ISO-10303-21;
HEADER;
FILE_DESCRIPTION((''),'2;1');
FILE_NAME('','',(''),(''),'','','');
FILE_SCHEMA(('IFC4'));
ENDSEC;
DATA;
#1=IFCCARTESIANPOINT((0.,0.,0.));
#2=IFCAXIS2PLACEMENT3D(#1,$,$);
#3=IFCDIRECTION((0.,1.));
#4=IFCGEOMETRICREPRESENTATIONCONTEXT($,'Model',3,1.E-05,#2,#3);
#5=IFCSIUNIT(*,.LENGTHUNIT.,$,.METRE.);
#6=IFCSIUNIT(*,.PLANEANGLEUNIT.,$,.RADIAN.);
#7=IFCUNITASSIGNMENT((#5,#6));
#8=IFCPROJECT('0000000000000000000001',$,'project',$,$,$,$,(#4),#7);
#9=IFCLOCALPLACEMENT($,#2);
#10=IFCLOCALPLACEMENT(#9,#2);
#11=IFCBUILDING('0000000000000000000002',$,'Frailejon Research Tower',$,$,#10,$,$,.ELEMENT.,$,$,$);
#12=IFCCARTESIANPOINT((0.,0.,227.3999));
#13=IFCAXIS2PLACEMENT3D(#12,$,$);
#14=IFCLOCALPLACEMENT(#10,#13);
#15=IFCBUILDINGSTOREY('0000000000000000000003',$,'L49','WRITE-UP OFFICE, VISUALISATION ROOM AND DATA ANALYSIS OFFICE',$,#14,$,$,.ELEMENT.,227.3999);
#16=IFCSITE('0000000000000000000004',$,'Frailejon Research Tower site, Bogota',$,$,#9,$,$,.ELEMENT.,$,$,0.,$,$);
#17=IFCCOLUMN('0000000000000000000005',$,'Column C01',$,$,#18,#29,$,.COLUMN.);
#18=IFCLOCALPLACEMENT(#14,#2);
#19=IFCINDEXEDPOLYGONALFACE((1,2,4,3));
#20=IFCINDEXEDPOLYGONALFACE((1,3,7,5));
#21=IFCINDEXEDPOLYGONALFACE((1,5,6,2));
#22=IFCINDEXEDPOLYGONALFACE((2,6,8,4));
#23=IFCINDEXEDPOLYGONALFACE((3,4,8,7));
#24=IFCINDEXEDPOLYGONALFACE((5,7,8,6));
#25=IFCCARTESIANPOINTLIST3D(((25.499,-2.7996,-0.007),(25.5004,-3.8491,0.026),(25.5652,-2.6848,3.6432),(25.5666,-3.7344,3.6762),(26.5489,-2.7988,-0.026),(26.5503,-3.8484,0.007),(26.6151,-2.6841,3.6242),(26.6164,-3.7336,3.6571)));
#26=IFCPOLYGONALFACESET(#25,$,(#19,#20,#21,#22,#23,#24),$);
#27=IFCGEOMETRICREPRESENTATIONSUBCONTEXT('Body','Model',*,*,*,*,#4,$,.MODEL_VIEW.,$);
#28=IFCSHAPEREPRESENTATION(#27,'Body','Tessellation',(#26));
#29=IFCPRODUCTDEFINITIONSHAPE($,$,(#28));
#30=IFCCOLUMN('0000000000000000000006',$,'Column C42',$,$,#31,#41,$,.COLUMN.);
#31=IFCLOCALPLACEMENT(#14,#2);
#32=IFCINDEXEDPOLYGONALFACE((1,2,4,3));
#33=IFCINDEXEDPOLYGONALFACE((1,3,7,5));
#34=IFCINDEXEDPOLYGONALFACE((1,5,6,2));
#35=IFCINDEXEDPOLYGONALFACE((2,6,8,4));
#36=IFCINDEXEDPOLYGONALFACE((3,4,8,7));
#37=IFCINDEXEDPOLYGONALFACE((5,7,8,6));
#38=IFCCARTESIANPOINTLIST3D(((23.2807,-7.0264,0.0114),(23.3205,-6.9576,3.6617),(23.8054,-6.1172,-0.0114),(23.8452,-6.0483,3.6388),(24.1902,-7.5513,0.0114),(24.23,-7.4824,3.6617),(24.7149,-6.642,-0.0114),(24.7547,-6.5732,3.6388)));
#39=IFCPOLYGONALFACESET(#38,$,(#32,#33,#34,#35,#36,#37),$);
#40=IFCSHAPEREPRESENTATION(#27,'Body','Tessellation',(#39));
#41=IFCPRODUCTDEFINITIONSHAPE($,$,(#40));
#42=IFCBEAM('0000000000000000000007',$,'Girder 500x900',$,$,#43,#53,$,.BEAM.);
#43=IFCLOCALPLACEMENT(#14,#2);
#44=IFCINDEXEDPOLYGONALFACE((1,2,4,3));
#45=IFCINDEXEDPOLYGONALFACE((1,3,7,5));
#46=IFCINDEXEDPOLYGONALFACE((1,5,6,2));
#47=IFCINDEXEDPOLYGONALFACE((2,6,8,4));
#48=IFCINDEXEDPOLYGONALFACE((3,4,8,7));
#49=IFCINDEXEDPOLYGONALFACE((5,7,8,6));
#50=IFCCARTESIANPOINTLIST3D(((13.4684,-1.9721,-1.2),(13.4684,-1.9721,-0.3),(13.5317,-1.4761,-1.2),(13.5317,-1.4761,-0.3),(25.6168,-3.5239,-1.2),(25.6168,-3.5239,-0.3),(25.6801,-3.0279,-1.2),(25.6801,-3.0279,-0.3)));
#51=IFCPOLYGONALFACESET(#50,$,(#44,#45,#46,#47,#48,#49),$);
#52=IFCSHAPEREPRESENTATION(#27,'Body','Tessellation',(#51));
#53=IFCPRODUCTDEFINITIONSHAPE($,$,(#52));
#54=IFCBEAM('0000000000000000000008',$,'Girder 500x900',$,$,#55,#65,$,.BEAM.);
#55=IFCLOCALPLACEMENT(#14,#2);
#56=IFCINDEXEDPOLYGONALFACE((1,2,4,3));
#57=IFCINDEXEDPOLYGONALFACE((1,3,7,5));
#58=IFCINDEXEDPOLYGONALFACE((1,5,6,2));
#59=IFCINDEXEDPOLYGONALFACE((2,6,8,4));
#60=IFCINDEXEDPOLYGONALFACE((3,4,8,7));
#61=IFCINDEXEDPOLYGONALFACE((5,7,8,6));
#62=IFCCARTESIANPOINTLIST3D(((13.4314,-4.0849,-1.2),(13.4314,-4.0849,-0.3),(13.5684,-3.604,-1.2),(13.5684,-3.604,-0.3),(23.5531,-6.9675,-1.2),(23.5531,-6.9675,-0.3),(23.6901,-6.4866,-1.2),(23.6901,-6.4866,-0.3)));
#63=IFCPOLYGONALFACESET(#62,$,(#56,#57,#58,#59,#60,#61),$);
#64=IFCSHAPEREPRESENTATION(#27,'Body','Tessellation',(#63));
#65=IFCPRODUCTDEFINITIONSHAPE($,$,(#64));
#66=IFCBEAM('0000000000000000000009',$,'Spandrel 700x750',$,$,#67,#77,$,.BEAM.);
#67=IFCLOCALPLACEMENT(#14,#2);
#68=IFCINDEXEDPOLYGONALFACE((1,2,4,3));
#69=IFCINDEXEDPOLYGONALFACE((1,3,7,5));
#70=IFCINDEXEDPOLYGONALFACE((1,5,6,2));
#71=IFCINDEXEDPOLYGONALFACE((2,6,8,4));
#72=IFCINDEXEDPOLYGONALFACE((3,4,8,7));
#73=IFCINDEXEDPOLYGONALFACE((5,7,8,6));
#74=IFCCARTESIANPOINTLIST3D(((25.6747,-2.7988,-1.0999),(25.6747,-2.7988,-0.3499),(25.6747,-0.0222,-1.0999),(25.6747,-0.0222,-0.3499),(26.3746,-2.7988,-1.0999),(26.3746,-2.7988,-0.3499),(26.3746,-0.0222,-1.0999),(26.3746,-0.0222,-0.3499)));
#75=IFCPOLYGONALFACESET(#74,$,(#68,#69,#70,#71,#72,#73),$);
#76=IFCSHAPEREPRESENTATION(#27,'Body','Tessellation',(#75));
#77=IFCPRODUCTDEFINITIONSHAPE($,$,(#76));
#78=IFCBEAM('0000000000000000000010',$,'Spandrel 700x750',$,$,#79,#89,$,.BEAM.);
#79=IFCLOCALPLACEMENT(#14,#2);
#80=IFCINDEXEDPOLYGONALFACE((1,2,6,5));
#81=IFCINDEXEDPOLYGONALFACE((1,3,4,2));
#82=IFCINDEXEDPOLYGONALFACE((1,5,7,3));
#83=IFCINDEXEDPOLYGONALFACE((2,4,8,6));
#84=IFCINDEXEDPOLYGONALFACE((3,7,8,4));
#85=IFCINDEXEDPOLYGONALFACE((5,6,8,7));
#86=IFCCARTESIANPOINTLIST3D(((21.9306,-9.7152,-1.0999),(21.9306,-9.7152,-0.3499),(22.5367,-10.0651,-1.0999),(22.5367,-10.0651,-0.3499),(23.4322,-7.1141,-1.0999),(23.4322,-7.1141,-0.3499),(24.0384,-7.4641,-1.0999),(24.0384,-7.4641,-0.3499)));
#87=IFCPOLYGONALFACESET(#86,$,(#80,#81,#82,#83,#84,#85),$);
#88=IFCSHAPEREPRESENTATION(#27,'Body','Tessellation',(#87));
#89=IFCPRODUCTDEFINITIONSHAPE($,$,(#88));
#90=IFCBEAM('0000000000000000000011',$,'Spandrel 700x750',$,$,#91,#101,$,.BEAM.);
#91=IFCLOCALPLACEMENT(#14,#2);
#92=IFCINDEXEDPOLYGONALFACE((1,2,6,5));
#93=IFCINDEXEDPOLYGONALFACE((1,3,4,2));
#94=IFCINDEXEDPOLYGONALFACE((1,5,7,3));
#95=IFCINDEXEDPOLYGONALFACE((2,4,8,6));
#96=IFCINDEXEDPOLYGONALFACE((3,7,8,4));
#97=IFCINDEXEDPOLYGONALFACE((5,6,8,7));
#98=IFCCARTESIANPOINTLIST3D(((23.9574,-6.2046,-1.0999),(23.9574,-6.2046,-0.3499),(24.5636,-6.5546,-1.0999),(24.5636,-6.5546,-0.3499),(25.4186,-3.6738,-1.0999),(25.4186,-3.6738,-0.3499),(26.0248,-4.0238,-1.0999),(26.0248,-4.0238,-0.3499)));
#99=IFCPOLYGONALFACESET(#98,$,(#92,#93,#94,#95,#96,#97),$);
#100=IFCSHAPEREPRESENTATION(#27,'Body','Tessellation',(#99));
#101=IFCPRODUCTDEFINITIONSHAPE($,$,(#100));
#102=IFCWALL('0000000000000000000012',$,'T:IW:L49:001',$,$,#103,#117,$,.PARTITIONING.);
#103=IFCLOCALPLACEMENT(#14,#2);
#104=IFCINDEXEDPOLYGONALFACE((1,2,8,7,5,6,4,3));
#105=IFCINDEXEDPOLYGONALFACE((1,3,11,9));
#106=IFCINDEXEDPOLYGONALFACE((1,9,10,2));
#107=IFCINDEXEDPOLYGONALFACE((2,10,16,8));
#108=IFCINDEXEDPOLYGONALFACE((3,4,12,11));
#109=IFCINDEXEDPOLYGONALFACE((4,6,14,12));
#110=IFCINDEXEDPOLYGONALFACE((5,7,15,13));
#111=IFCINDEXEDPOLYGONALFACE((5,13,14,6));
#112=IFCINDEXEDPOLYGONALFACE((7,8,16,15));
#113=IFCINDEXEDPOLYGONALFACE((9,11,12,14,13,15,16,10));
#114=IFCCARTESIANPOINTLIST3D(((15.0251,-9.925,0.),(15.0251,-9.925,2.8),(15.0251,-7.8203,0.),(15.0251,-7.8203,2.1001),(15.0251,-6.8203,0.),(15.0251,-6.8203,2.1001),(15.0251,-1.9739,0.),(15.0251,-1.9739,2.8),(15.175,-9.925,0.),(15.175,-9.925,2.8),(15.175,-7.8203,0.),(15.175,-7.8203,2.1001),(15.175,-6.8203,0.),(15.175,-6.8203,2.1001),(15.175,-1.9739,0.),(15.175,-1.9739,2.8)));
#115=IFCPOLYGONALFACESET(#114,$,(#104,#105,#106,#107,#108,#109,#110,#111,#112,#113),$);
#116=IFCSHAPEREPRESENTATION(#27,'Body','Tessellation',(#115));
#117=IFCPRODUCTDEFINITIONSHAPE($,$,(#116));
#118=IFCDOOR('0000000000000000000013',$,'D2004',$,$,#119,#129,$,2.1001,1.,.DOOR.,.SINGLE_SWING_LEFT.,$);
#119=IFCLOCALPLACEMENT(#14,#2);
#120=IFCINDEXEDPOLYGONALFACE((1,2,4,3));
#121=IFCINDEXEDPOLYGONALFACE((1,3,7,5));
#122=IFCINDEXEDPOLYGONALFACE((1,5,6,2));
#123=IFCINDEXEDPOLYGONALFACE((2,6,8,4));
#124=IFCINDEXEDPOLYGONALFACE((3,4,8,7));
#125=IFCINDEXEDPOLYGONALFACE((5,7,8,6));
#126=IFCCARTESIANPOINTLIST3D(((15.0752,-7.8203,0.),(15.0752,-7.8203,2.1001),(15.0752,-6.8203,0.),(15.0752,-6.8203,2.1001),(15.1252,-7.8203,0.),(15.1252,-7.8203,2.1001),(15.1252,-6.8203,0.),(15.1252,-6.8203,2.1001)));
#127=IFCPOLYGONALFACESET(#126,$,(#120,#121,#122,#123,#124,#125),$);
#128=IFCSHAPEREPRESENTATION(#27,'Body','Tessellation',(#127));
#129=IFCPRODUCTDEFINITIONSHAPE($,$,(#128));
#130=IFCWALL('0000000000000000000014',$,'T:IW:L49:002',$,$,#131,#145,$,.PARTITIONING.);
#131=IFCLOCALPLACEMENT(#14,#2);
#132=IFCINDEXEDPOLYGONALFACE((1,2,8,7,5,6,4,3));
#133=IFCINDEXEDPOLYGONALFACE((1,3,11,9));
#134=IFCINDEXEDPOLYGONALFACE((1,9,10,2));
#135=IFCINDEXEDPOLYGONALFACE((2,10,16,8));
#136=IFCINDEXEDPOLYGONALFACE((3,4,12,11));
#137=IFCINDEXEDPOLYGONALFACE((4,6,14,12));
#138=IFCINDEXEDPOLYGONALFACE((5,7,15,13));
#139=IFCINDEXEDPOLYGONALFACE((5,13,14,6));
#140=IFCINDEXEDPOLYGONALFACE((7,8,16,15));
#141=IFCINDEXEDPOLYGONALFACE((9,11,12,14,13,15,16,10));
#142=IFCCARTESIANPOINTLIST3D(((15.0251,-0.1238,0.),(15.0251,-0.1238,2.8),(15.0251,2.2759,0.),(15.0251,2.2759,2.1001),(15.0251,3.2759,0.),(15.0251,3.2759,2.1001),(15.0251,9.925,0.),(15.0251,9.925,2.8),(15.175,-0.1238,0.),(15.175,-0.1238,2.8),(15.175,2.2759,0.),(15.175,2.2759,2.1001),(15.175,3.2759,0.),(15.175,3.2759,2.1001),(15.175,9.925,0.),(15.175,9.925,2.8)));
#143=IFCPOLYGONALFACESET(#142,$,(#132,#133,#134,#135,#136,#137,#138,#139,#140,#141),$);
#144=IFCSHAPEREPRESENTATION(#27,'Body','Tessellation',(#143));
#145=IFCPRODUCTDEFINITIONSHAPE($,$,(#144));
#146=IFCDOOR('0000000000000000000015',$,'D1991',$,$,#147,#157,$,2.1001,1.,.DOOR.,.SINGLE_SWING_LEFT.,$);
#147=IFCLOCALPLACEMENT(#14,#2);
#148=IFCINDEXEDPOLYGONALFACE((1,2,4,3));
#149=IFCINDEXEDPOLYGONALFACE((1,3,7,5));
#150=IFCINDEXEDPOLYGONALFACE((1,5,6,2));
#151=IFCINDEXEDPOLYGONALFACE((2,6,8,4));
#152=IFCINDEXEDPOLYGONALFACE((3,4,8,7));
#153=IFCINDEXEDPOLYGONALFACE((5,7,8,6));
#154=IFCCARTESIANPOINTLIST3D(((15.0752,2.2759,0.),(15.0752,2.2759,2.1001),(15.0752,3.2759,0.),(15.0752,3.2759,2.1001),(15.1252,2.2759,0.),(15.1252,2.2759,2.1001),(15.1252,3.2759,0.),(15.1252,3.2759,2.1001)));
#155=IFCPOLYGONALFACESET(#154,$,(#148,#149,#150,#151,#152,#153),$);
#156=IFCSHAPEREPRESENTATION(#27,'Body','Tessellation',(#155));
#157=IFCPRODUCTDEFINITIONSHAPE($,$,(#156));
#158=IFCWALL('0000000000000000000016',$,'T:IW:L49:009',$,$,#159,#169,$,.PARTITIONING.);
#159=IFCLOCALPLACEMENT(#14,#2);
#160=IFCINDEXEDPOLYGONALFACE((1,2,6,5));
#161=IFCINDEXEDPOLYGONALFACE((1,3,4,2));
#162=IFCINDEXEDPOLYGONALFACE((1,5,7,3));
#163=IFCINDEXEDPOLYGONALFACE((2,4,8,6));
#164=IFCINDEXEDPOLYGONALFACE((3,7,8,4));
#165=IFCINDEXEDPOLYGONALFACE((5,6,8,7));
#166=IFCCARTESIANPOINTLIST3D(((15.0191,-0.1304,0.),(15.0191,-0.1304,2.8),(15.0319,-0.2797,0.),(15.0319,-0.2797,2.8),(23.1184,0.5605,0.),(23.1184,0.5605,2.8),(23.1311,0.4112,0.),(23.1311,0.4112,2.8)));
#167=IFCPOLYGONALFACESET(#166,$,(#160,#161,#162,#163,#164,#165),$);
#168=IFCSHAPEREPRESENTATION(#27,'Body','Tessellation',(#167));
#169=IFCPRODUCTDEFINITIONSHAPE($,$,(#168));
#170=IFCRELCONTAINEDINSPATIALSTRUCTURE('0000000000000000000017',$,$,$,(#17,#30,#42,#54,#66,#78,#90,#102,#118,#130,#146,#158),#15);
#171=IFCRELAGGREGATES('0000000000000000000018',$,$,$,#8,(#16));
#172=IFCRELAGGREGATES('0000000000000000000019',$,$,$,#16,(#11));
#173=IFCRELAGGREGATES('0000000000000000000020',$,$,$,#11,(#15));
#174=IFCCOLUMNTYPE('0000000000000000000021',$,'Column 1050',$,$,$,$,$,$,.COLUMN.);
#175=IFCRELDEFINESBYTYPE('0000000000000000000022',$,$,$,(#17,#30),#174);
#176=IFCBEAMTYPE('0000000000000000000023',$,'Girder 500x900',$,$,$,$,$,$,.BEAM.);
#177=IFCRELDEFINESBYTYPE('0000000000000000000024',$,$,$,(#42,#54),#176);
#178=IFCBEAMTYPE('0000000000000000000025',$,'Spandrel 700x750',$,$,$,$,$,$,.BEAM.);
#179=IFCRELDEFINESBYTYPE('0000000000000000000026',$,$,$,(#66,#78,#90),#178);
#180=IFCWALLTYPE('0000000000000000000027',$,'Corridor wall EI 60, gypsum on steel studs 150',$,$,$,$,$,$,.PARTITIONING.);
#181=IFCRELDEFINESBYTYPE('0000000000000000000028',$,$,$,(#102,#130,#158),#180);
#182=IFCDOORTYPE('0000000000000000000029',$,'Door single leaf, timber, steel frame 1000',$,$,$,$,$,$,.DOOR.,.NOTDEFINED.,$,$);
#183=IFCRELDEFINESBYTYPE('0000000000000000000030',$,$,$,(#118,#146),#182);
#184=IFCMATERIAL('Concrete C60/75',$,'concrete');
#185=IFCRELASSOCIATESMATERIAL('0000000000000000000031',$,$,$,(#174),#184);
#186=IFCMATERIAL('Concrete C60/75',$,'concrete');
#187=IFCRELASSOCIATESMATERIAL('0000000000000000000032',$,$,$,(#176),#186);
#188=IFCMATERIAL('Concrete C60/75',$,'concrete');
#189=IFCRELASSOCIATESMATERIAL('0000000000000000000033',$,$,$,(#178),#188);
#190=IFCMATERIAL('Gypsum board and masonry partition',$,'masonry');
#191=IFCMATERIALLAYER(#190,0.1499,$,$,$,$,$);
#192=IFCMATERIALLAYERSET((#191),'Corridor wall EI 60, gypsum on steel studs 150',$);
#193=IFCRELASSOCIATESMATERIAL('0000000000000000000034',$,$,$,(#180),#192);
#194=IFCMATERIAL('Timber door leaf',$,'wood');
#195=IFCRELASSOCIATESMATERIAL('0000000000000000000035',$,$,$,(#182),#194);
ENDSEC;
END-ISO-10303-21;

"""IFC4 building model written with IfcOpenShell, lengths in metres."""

from ifc_helpers import new_model, si_unit, direction, frame, frame_2d, origin, origin_2d, place, context, subcontext, project, spatial, rectangle, extrude, material, layer, layer_set, material_profile, profile_set, type_object, element, fill, save


model = new_model("IFC4")

# Units and contexts
model_context = context("Model", 3, precision=1e-05, world=origin(), true_north=direction((0.0, 1.0)))
body_context = subcontext(model_context, "Body", "Model", "MODEL_VIEW")
ifc_project = project(units=[si_unit("LENGTHUNIT", "METRE"), si_unit("PLANEANGLEUNIT", "RADIAN")], contexts=[model_context])

# Site, building, storey
site_placement = place(None, origin())
site = spatial("IfcSite", under=ifc_project, at=site_placement, Name="Frailejon Research Tower site, Bogota", CompositionType="ELEMENT", RefElevation=0.0)
building_placement = place(site_placement, origin())
building = spatial("IfcBuilding", under=site, at=building_placement, Name="Frailejon Research Tower", CompositionType="ELEMENT")
storey_placement = place(building_placement, frame((0.0, 0.0, 227.3999)))
storey = spatial("IfcBuildingStorey", under=building, at=storey_placement, Name="L49", Description="WRITE-UP OFFICE, VISUALISATION ROOM AND DATA ANALYSIS OFFICE", CompositionType="ELEMENT", Elevation=227.3999)

# Columns
ifc_material_1 = material(Name="Concrete C60/75", Category="concrete")
ifc_material_profile_1 = material_profile(ifc_material_1, rectangle(XDim=1.05, YDim=1.05, at=origin_2d()), Name="Column 1050")
ifc_profile_set_1 = profile_set([ifc_material_profile_1], Name="Concrete C60/75")
column_type = type_object("IfcColumnType", Name="Column 1050", PredefinedType="COLUMN", material=ifc_profile_set_1)
column_1_placement = place(storey_placement, frame((26.0247, -3.324, 0.0), z_axis=(0.018114, 0.031415, 0.999342), x_axis=(-0.001297, 0.999506, -0.031397)))
element("IfcColumn", 1, at=column_1_placement, inside=storey, type_object=column_type, Name="Column C01", PredefinedType="COLUMN", context=body_context, shape_type="SweptSolid", body=[
    extrude(rectangle(XDim=1.05, YDim=1.05, at=origin_2d()), origin(), (0.0, 0.0, 1.0), 3.6526),
])
column_2_placement = place(storey_placement, frame((23.9978, -6.8342, 0.0), z_axis=(0.0109, 0.018857, 0.999763), x_axis=(0.499729, 0.865908, -0.021781)))
element("IfcColumn", 2, at=column_2_placement, inside=storey, type_object=column_type, Name="Column C42", PredefinedType="COLUMN", context=body_context, shape_type="SweptSolid", body=[
    extrude(rectangle(XDim=1.05, YDim=1.05, at=origin_2d()), origin(), (0.0, 0.0, 1.0), 3.6511),
])

# Beams
ifc_material_2 = material(Name="Concrete C60/75", Category="concrete")
ifc_material_profile_2 = material_profile(ifc_material_2, rectangle(XDim=0.5, YDim=0.8999, at=origin_2d()), Name="Girder 500x900")
ifc_profile_set_2 = profile_set([ifc_material_profile_2], Name="Concrete C60/75")
beam_type_1 = type_object("IfcBeamType", Name="Girder 500x900", PredefinedType="BEAM", material=ifc_profile_set_2)
beam_1_placement = place(storey_placement, frame((25.6484, -3.2759, -0.75), z_axis=(-0.991941, 0.126704, 0.0), x_axis=(-0.126704, -0.991941, 0.0)))
element("IfcBeam", 3, at=beam_1_placement, inside=storey, type_object=beam_type_1, Name="Girder 500x900", PredefinedType="BEAM", context=body_context, shape_type="SweptSolid", body=[
    extrude(rectangle(XDim=0.5, YDim=0.8999, at=origin_2d()), origin(), (0.0, 0.0, 1.0), 12.2471),
])
beam_2_placement = place(storey_placement, frame((23.6216, -6.7271, -0.75), z_axis=(-0.961757, 0.273903, 0.0), x_axis=(-0.273903, -0.961757, 0.0)))
element("IfcBeam", 4, at=beam_2_placement, inside=storey, type_object=beam_type_1, Name="Girder 500x900", PredefinedType="BEAM", context=body_context, shape_type="SweptSolid", body=[
    extrude(rectangle(XDim=0.5, YDim=0.8999, at=origin_2d()), origin(), (0.0, 0.0, 1.0), 10.5242),
])
ifc_material_3 = material(Name="Concrete C60/75", Category="concrete")
ifc_material_profile_3 = material_profile(ifc_material_3, rectangle(XDim=0.7, YDim=0.75, at=origin_2d()), Name="Spandrel 700x750")
ifc_profile_set_3 = profile_set([ifc_material_profile_3], Name="Concrete C60/75")
beam_type_2 = type_object("IfcBeamType", Name="Spandrel 700x750", PredefinedType="BEAM", material=ifc_profile_set_3)
beam_3_placement = place(storey_placement, frame((26.0247, -2.7988, -0.7249), z_axis=(0.0, 1.0, 0.0), x_axis=(-1.0, 0.0, 0.0)))
element("IfcBeam", 5, at=beam_3_placement, inside=storey, type_object=beam_type_2, Name="Spandrel 700x750", PredefinedType="BEAM", context=body_context, shape_type="SweptSolid", body=[
    extrude(rectangle(XDim=0.7, YDim=0.75, at=origin_2d()), origin(), (0.0, 0.0, 1.0), 2.7766),
])
beam_4_placement = place(storey_placement, frame((22.2336, -9.8901, -0.7249), z_axis=(0.499995, 0.866029, 0.0), x_axis=(-0.866029, 0.499995, 0.0)))
element("IfcBeam", 6, at=beam_4_placement, inside=storey, type_object=beam_type_2, Name="Spandrel 700x750", PredefinedType="BEAM", context=body_context, shape_type="SweptSolid", body=[
    extrude(rectangle(XDim=0.7, YDim=0.75, at=origin_2d()), origin(), (0.0, 0.0, 1.0), 3.0034),
])
beam_5_placement = place(storey_placement, frame((24.2605, -6.3796, -0.7249), z_axis=(0.500012, 0.866019, 0.0), x_axis=(-0.866019, 0.500012, 0.0)))
element("IfcBeam", 7, at=beam_5_placement, inside=storey, type_object=beam_type_2, Name="Spandrel 700x750", PredefinedType="BEAM", context=body_context, shape_type="SweptSolid", body=[
    extrude(rectangle(XDim=0.7, YDim=0.75, at=origin_2d()), origin(), (0.0, 0.0, 1.0), 2.9224),
])

# Walls, openings, doors
ifc_material_4 = material(Name="Gypsum board and masonry partition", Category="masonry")
ifc_layer_1 = layer(ifc_material_4, 0.1499)
ifc_layer_set_1 = layer_set([ifc_layer_1], Name="Corridor wall EI 60, gypsum on steel studs 150")
wall_type_1 = type_object("IfcWallType", Name="Corridor wall EI 60, gypsum on steel studs 150", PredefinedType="PARTITIONING", material=ifc_layer_set_1)
wall_1_placement = place(storey_placement, frame((15.1001, -9.925, 0.0), z_axis=(0.0, 0.0, 1.0), x_axis=(0.0, 1.0, 0.0)))
wall_1 = element("IfcWall", 8, at=wall_1_placement, inside=storey, type_object=wall_type_1, Name="T:IW:L49:001", PredefinedType="PARTITIONING", context=body_context, shape_type="SweptSolid", body=[
    extrude(rectangle(XDim=7.9512, YDim=0.1499, at=frame_2d((3.9756, 0.0))), origin(), (0.0, 0.0, 1.0), 2.8),
])
opening_1_placement = place(wall_1_placement, frame((2.1047, 0.0, 0.0)))
opening_1 = element("IfcOpeningElement", 9, at=opening_1_placement, cuts=wall_1, PredefinedType="OPENING", context=body_context, shape_type="SweptSolid", body=[
    extrude(rectangle(XDim=1.0, YDim=2.1001, at=frame_2d((0.5, 1.05))), frame((0.0, 0.085, 0.0), z_axis=(0.0, -1.0, 0.0), x_axis=(1.0, 0.0, 0.0)), (0.0, 0.0, 1.0), 0.1699),
])
ifc_material_5 = material(Name="Timber door leaf", Category="wood")
door_type = type_object("IfcDoorType", Name="Door single leaf, timber, steel frame 1000", OperationType="NOTDEFINED", PredefinedType="DOOR", material=ifc_material_5)
door_1_placement = place(opening_1_placement, origin())
door_1 = element("IfcDoor", 10, at=door_1_placement, inside=storey, type_object=door_type, Name="D2004", OperationType="SINGLE_SWING_LEFT", OverallHeight=2.1001, OverallWidth=1.0, PredefinedType="DOOR", context=body_context, shape_type="SweptSolid", body=[
    extrude(rectangle(XDim=1.0, YDim=2.1001, at=frame_2d((0.5, 1.05))), frame((0.0, 0.0249, 0.0), z_axis=(0.0, -1.0, 0.0), x_axis=(1.0, 0.0, 0.0)), (0.0, 0.0, 1.0), 0.05),
])
fill(opening_1, door_1)
wall_2_placement = place(storey_placement, frame((15.1001, -0.1238, 0.0), z_axis=(0.0, 0.0, 1.0), x_axis=(0.0, 1.0, 0.0)))
wall_2 = element("IfcWall", 11, at=wall_2_placement, inside=storey, type_object=wall_type_1, Name="T:IW:L49:002", PredefinedType="PARTITIONING", context=body_context, shape_type="SweptSolid", body=[
    extrude(rectangle(XDim=10.0488, YDim=0.1499, at=frame_2d((5.0244, 0.0))), origin(), (0.0, 0.0, 1.0), 2.8),
])
opening_2_placement = place(wall_2_placement, frame((2.3997, 0.0, 0.0)))
opening_2 = element("IfcOpeningElement", 12, at=opening_2_placement, cuts=wall_2, PredefinedType="OPENING", context=body_context, shape_type="SweptSolid", body=[
    extrude(rectangle(XDim=1.0, YDim=2.1001, at=frame_2d((0.5, 1.05))), frame((0.0, 0.085, 0.0), z_axis=(0.0, -1.0, 0.0), x_axis=(1.0, 0.0, 0.0)), (0.0, 0.0, 1.0), 0.1699),
])
door_2_placement = place(opening_2_placement, origin())
door_2 = element("IfcDoor", 13, at=door_2_placement, inside=storey, type_object=door_type, Name="D1991", OperationType="SINGLE_SWING_LEFT", OverallHeight=2.1001, OverallWidth=1.0, PredefinedType="DOOR", context=body_context, shape_type="SweptSolid", body=[
    extrude(rectangle(XDim=1.0, YDim=2.1001, at=frame_2d((0.5, 1.05))), frame((0.0, 0.0249, 0.0), z_axis=(0.0, -1.0, 0.0), x_axis=(1.0, 0.0, 0.0)), (0.0, 0.0, 1.0), 0.05),
])
fill(opening_2, door_2)

# Wall
wall_3_placement = place(storey_placement, frame((15.0254, -0.2051, 0.0), z_axis=(0.0, 0.0, 1.0), x_axis=(0.996381, 0.084997, 0.0)))
element("IfcWall", 14, at=wall_3_placement, inside=storey, type_object=wall_type_1, Name="T:IW:L49:009", PredefinedType="PARTITIONING", context=body_context, shape_type="SweptSolid", body=[
    extrude(rectangle(XDim=8.1287, YDim=0.1499, at=frame_2d((4.0645, 0.0))), origin(), (0.0, 0.0, 1.0), 2.8),
])

save(model, "model.ifc")
